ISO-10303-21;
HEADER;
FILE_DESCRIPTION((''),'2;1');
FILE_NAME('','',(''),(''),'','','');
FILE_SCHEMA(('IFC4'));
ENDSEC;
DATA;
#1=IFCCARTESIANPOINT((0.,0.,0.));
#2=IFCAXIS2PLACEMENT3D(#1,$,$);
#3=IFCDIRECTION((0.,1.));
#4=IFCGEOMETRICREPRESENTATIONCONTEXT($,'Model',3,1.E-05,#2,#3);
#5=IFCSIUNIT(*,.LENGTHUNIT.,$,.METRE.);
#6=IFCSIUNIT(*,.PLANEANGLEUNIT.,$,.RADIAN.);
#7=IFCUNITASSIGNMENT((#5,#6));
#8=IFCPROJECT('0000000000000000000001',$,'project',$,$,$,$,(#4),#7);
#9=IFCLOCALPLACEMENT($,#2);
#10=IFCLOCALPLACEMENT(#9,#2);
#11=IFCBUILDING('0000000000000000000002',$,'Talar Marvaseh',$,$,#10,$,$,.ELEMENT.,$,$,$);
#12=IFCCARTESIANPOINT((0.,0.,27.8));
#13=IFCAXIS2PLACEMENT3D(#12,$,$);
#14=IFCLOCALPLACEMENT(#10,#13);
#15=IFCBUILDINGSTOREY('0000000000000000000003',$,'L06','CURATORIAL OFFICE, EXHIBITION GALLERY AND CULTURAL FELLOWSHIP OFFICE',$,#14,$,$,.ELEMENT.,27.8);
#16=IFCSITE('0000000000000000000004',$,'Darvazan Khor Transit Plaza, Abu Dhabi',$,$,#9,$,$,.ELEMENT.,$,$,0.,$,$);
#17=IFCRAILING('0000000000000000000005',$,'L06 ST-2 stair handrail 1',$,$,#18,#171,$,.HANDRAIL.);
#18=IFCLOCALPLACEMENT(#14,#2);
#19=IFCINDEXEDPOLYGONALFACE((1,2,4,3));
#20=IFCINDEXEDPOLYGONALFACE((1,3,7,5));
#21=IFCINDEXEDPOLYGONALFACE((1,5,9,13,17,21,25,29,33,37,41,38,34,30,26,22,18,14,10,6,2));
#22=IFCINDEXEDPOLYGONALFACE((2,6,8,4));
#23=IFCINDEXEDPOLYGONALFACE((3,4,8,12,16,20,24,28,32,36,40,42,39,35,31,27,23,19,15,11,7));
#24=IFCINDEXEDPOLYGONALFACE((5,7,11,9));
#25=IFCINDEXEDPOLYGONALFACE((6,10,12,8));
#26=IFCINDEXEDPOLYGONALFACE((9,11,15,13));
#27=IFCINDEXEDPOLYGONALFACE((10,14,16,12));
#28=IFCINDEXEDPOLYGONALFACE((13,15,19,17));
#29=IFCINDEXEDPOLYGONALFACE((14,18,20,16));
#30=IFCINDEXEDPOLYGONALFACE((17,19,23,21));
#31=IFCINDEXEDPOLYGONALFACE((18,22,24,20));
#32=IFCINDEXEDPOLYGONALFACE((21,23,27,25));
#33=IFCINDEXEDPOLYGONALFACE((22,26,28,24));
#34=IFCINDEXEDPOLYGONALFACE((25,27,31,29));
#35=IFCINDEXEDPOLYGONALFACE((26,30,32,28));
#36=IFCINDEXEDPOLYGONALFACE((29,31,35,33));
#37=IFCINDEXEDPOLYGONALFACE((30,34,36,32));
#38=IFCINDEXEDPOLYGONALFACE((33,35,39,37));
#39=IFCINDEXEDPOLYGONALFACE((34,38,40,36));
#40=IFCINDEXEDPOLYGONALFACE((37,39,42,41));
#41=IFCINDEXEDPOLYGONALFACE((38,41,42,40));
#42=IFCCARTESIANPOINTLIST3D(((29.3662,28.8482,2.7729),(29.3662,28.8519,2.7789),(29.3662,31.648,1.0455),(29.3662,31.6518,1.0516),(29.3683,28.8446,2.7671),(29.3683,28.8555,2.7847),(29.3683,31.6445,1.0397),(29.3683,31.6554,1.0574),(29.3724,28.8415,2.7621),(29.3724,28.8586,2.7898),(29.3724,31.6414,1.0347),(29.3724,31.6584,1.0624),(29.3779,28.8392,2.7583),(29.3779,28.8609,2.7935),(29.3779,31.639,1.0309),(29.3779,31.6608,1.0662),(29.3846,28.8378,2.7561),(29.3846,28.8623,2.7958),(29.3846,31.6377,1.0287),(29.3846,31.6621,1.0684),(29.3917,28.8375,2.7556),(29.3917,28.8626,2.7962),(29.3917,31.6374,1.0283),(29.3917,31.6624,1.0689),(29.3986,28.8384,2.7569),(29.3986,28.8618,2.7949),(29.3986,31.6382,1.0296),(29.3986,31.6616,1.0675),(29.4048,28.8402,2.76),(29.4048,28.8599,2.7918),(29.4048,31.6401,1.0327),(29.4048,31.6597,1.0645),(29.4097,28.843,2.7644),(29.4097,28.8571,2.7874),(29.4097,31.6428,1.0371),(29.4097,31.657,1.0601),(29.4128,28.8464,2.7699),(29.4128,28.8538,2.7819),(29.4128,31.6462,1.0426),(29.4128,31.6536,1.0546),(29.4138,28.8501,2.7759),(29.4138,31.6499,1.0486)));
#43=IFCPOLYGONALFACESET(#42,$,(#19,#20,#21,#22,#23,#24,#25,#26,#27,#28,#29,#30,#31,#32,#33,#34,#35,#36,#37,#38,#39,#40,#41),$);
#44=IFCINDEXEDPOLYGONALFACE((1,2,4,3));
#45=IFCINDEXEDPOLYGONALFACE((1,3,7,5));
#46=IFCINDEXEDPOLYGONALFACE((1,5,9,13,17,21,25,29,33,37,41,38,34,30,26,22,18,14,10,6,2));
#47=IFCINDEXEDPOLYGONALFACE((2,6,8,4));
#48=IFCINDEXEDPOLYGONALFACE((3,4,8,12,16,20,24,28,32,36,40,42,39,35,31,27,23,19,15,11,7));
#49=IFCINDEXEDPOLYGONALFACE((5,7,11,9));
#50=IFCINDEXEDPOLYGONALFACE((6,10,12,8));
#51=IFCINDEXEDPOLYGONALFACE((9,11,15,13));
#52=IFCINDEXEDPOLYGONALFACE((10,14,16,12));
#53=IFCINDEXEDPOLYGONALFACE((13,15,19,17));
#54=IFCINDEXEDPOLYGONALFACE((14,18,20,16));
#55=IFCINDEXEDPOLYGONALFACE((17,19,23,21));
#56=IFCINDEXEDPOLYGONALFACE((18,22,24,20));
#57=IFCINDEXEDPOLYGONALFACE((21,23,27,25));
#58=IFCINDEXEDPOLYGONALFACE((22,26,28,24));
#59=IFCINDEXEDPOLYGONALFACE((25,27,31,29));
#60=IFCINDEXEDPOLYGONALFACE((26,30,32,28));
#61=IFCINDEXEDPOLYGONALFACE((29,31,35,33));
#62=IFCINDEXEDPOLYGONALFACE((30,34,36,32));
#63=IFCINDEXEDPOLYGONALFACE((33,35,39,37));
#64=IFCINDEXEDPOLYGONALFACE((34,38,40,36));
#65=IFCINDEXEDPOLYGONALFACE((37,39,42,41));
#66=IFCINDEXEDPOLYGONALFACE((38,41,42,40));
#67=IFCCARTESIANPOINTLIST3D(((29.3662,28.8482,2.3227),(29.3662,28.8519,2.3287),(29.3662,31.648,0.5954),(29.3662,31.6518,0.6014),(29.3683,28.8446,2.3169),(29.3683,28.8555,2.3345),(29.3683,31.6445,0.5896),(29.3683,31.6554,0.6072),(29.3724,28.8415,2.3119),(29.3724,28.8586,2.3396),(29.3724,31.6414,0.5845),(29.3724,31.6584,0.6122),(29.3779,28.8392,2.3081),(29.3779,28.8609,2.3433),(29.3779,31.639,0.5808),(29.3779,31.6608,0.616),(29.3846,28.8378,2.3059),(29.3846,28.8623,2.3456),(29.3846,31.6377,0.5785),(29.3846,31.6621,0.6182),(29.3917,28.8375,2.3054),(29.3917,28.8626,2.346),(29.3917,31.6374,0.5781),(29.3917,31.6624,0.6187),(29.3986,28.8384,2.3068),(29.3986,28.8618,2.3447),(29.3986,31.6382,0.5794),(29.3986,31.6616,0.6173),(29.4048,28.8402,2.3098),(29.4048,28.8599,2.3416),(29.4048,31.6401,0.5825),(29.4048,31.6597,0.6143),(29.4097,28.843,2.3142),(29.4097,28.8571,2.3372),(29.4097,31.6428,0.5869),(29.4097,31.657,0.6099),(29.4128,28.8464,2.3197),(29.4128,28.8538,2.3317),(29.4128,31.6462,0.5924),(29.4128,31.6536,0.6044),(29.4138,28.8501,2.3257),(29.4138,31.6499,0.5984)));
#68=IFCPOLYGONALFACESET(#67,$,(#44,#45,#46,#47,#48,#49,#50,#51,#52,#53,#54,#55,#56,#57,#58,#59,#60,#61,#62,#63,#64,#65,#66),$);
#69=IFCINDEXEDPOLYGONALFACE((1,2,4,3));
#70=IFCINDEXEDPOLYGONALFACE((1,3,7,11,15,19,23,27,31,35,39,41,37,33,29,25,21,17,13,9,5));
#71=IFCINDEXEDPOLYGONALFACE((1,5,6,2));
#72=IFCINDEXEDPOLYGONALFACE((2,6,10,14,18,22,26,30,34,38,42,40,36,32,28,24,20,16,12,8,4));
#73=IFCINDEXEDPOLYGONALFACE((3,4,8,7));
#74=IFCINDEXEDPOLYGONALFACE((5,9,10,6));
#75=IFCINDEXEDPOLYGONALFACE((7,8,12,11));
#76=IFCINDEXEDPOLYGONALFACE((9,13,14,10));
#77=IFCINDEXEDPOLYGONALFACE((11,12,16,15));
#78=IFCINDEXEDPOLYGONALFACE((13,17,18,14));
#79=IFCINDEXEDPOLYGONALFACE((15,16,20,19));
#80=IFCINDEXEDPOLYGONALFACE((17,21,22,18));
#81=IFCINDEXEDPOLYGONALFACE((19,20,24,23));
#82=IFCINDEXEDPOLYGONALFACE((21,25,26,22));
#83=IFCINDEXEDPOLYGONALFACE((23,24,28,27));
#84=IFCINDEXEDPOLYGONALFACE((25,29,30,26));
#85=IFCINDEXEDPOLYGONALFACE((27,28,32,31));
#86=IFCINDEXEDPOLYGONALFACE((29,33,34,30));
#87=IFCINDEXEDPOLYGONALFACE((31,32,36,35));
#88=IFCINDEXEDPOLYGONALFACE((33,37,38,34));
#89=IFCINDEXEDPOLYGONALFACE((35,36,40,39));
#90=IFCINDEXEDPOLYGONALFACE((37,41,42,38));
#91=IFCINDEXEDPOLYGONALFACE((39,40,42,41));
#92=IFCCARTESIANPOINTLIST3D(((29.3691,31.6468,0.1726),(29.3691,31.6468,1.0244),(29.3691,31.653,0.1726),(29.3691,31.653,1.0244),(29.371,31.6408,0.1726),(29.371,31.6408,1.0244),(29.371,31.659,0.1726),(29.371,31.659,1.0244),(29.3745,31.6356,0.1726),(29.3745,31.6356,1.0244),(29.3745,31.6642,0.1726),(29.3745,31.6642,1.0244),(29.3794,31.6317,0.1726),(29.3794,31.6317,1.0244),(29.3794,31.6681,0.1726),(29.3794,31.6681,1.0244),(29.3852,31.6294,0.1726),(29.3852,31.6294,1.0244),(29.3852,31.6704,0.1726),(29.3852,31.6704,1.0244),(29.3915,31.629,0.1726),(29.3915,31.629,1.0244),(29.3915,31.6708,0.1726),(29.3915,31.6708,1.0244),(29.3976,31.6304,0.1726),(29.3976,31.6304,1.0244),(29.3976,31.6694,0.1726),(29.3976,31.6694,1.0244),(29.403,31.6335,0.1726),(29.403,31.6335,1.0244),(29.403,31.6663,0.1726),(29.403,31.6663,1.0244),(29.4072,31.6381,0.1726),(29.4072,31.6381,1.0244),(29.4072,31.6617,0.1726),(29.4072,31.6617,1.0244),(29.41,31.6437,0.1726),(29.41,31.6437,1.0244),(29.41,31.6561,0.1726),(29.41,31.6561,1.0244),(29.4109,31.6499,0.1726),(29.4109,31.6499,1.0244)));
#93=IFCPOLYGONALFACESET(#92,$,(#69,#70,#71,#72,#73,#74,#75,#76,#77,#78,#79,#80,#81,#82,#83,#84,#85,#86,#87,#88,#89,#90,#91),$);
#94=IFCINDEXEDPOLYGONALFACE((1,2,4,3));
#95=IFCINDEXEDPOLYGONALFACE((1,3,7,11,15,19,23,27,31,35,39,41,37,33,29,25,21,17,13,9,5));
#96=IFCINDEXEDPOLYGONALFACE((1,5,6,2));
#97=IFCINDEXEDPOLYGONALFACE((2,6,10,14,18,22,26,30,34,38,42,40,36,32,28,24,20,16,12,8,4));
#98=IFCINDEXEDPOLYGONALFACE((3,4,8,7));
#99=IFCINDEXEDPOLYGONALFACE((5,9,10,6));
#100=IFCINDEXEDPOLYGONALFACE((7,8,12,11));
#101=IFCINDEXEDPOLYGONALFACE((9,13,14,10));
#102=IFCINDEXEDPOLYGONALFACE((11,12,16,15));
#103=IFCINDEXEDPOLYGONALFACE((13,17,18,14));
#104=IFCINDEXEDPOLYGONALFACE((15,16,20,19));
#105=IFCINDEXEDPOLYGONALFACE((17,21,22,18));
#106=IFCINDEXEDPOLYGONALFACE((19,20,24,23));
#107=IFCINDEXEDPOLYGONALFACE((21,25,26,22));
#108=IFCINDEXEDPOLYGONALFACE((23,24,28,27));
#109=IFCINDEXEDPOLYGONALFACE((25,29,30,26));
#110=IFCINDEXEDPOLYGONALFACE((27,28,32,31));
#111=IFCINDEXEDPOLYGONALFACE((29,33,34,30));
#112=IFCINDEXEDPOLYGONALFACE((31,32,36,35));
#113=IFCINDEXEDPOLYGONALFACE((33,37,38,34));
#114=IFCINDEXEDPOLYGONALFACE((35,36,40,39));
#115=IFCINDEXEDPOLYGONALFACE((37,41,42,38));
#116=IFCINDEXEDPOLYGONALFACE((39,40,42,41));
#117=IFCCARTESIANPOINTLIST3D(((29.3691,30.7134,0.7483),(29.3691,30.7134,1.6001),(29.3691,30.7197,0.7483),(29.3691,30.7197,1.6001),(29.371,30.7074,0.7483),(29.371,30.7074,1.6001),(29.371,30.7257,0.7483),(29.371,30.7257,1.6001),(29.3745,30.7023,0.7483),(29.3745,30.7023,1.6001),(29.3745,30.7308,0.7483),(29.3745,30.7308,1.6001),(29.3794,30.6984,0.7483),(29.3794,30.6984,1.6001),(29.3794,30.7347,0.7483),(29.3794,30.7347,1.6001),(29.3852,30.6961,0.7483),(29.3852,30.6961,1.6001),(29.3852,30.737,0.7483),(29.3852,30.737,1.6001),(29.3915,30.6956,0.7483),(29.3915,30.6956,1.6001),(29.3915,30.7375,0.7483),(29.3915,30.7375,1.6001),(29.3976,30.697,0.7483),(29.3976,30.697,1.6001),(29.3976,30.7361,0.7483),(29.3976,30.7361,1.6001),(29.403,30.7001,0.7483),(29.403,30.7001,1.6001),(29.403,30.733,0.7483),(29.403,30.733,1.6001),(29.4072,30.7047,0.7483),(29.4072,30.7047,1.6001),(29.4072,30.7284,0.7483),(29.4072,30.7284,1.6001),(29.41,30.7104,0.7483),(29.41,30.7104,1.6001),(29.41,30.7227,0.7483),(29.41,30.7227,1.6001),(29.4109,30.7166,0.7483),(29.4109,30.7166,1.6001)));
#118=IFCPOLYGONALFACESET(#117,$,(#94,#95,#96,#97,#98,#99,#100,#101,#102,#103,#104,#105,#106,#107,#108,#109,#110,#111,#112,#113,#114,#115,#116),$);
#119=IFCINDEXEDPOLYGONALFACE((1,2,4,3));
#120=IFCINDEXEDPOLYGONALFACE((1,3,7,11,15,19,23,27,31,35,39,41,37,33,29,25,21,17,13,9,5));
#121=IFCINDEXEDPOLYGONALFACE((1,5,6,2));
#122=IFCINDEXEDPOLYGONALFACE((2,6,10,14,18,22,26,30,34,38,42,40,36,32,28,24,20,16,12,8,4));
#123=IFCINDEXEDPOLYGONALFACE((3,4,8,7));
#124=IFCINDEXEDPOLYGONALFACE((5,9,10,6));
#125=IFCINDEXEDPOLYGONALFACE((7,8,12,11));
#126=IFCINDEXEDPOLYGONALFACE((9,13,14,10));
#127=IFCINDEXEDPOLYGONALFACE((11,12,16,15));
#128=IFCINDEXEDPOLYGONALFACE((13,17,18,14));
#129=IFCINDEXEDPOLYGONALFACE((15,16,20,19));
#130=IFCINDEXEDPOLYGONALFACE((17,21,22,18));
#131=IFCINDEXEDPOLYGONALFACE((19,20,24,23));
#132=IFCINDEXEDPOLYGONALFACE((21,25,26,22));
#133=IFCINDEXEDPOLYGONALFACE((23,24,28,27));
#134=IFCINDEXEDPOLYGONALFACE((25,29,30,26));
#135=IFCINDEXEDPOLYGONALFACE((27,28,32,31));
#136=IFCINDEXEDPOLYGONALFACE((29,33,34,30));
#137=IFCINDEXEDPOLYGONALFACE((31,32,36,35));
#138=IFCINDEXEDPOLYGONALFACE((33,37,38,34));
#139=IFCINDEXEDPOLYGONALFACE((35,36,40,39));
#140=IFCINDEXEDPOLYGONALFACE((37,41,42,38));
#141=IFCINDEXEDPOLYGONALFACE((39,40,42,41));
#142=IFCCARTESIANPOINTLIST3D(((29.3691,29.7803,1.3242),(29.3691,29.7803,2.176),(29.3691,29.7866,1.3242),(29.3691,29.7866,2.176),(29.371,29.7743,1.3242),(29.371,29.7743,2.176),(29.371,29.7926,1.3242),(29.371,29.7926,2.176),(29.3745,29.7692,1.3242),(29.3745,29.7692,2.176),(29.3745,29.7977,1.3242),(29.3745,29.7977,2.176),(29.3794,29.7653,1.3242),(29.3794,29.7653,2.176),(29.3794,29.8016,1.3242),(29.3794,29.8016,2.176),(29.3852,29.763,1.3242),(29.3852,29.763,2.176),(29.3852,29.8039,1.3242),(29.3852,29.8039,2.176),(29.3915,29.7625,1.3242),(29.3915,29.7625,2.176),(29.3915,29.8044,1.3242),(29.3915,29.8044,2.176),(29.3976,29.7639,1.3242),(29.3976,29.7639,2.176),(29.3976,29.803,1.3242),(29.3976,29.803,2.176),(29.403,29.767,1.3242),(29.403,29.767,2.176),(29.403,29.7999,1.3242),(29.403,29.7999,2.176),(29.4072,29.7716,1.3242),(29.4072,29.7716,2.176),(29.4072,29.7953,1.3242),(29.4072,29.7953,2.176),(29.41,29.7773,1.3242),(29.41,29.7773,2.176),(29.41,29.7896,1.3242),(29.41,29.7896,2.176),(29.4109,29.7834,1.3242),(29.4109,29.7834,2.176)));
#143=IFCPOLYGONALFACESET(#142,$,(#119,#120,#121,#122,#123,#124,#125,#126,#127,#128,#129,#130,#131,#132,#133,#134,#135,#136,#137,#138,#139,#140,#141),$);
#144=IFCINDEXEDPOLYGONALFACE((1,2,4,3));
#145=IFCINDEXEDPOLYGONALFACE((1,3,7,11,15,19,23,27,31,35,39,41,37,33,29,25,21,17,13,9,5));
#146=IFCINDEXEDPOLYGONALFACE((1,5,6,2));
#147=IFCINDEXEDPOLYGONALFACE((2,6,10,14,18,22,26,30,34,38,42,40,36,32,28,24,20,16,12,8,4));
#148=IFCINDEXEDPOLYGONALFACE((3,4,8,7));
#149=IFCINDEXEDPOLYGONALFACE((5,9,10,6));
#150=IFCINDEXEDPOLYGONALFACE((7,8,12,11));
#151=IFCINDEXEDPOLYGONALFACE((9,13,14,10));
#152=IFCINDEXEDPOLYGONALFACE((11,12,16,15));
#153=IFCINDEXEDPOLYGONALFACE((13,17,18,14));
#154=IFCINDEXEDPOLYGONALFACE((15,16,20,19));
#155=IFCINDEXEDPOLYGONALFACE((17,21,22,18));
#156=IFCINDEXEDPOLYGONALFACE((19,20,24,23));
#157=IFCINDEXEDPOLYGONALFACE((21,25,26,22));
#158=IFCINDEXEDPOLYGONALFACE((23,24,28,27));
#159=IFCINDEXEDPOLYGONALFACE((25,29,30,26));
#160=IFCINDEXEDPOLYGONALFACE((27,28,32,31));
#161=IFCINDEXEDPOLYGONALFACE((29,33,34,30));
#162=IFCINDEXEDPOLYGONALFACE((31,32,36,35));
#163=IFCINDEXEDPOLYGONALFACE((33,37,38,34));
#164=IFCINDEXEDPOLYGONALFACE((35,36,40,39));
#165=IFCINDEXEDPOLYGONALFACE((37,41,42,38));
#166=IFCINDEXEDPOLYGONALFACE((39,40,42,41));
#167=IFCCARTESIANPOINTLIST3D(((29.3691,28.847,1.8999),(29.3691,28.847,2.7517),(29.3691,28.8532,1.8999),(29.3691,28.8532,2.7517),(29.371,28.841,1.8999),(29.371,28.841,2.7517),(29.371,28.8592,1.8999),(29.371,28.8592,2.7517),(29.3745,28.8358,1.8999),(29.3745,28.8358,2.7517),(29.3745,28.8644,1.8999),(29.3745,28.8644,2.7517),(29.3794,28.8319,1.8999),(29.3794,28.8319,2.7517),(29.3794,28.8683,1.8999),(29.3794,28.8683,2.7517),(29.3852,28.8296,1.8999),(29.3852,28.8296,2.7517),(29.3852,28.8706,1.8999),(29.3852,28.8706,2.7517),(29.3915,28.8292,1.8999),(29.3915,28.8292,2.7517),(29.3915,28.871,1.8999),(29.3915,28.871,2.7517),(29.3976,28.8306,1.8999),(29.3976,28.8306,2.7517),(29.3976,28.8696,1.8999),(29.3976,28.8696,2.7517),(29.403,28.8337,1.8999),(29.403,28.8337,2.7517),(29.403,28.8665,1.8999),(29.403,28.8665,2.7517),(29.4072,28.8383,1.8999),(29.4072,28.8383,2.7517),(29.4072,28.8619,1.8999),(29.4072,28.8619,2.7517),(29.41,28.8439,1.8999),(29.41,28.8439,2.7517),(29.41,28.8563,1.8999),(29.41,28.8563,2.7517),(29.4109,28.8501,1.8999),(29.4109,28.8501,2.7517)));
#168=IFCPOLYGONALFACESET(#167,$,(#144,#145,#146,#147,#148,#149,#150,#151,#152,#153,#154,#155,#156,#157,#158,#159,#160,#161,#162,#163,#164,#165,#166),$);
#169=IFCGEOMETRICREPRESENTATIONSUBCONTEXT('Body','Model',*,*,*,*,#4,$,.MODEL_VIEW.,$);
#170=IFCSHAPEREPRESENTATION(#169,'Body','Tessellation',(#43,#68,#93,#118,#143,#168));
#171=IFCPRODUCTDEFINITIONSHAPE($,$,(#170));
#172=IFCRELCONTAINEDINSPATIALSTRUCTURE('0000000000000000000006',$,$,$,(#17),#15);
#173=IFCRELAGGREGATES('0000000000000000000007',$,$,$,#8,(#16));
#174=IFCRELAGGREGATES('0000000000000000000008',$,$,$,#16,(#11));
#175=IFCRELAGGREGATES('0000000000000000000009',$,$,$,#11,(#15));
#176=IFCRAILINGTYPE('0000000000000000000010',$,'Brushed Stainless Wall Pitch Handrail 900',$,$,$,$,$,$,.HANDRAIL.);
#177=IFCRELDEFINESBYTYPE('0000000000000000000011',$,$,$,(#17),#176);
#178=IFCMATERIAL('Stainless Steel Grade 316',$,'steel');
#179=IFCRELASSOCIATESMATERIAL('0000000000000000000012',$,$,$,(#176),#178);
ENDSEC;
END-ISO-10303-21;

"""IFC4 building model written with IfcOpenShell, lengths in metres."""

from ifc_helpers import new_model, si_unit, direction, frame, origin, origin_2d, place, context, subcontext, project, spatial, circle, extrude, material, type_object, element, save


model = new_model("IFC4")

# Units and contexts
model_context = context("Model", 3, precision=1e-05, world=origin(), true_north=direction((0.0, 1.0)))
body_context = subcontext(model_context, "Body", "Model", "MODEL_VIEW")
ifc_project = project(units=[si_unit("LENGTHUNIT", "METRE"), si_unit("PLANEANGLEUNIT", "RADIAN")], contexts=[model_context])

# Site, building, storey
site_placement = place(None, origin())
site = spatial("IfcSite", under=ifc_project, at=site_placement, Name="Darvazan Khor Transit Plaza, Abu Dhabi", CompositionType="ELEMENT", RefElevation=0.0)
building_placement = place(site_placement, origin())
building = spatial("IfcBuilding", under=site, at=building_placement, Name="Talar Marvaseh", CompositionType="ELEMENT")
storey_placement = place(building_placement, frame((0.0, 0.0, 27.8)))
storey = spatial("IfcBuildingStorey", under=building, at=storey_placement, Name="L06", Description="CURATORIAL OFFICE, EXHIBITION GALLERY AND CULTURAL FELLOWSHIP OFFICE", CompositionType="ELEMENT", Elevation=27.8)

# Railing
ifc_material_1 = material(Name="Stainless Steel Grade 316", Category="steel")
railing_type_1 = type_object("IfcRailingType", Name="Brushed Stainless Wall Pitch Handrail 900", PredefinedType="HANDRAIL", material=ifc_material_1)
railing_1_placement = place(storey_placement, frame((29.3899, 31.6499, 0.1726)))
element("IfcRailing", 1, at=railing_1_placement, inside=storey, type_object=railing_type_1, Name="L06 ST-2 stair handrail 1", PredefinedType="HANDRAIL", context=body_context, shape_type="SweptSolid", body=[
    extrude(circle(Radius=0.0239, at=origin_2d()), frame((0.0, 0.0, 0.876), z_axis=(0.0, -0.851069, 0.525054), x_axis=(1.0, 0.0, 0.0)), (0.0, 0.0, 1.0), 3.2898),
    extrude(circle(Radius=0.0239, at=origin_2d()), frame((0.0, 0.0, 0.4258), z_axis=(0.0, -0.851069, 0.525054), x_axis=(1.0, 0.0, 0.0)), (0.0, 0.0, 1.0), 3.2898),
    extrude(circle(Radius=0.021, at=origin_2d()), origin(), (0.0, 0.0, 1.0), 0.8518),
    extrude(circle(Radius=0.021, at=origin_2d()), frame((0.0, -0.9333, 0.5757)), (0.0, 0.0, 1.0), 0.8518),
    extrude(circle(Radius=0.021, at=origin_2d()), frame((0.0, -1.8665, 1.1516)), (0.0, 0.0, 1.0), 0.8518),
    extrude(circle(Radius=0.021, at=origin_2d()), frame((0.0, -2.7998, 1.7273)), (0.0, 0.0, 1.0), 0.8518),
])

save(model, "model.ifc")
